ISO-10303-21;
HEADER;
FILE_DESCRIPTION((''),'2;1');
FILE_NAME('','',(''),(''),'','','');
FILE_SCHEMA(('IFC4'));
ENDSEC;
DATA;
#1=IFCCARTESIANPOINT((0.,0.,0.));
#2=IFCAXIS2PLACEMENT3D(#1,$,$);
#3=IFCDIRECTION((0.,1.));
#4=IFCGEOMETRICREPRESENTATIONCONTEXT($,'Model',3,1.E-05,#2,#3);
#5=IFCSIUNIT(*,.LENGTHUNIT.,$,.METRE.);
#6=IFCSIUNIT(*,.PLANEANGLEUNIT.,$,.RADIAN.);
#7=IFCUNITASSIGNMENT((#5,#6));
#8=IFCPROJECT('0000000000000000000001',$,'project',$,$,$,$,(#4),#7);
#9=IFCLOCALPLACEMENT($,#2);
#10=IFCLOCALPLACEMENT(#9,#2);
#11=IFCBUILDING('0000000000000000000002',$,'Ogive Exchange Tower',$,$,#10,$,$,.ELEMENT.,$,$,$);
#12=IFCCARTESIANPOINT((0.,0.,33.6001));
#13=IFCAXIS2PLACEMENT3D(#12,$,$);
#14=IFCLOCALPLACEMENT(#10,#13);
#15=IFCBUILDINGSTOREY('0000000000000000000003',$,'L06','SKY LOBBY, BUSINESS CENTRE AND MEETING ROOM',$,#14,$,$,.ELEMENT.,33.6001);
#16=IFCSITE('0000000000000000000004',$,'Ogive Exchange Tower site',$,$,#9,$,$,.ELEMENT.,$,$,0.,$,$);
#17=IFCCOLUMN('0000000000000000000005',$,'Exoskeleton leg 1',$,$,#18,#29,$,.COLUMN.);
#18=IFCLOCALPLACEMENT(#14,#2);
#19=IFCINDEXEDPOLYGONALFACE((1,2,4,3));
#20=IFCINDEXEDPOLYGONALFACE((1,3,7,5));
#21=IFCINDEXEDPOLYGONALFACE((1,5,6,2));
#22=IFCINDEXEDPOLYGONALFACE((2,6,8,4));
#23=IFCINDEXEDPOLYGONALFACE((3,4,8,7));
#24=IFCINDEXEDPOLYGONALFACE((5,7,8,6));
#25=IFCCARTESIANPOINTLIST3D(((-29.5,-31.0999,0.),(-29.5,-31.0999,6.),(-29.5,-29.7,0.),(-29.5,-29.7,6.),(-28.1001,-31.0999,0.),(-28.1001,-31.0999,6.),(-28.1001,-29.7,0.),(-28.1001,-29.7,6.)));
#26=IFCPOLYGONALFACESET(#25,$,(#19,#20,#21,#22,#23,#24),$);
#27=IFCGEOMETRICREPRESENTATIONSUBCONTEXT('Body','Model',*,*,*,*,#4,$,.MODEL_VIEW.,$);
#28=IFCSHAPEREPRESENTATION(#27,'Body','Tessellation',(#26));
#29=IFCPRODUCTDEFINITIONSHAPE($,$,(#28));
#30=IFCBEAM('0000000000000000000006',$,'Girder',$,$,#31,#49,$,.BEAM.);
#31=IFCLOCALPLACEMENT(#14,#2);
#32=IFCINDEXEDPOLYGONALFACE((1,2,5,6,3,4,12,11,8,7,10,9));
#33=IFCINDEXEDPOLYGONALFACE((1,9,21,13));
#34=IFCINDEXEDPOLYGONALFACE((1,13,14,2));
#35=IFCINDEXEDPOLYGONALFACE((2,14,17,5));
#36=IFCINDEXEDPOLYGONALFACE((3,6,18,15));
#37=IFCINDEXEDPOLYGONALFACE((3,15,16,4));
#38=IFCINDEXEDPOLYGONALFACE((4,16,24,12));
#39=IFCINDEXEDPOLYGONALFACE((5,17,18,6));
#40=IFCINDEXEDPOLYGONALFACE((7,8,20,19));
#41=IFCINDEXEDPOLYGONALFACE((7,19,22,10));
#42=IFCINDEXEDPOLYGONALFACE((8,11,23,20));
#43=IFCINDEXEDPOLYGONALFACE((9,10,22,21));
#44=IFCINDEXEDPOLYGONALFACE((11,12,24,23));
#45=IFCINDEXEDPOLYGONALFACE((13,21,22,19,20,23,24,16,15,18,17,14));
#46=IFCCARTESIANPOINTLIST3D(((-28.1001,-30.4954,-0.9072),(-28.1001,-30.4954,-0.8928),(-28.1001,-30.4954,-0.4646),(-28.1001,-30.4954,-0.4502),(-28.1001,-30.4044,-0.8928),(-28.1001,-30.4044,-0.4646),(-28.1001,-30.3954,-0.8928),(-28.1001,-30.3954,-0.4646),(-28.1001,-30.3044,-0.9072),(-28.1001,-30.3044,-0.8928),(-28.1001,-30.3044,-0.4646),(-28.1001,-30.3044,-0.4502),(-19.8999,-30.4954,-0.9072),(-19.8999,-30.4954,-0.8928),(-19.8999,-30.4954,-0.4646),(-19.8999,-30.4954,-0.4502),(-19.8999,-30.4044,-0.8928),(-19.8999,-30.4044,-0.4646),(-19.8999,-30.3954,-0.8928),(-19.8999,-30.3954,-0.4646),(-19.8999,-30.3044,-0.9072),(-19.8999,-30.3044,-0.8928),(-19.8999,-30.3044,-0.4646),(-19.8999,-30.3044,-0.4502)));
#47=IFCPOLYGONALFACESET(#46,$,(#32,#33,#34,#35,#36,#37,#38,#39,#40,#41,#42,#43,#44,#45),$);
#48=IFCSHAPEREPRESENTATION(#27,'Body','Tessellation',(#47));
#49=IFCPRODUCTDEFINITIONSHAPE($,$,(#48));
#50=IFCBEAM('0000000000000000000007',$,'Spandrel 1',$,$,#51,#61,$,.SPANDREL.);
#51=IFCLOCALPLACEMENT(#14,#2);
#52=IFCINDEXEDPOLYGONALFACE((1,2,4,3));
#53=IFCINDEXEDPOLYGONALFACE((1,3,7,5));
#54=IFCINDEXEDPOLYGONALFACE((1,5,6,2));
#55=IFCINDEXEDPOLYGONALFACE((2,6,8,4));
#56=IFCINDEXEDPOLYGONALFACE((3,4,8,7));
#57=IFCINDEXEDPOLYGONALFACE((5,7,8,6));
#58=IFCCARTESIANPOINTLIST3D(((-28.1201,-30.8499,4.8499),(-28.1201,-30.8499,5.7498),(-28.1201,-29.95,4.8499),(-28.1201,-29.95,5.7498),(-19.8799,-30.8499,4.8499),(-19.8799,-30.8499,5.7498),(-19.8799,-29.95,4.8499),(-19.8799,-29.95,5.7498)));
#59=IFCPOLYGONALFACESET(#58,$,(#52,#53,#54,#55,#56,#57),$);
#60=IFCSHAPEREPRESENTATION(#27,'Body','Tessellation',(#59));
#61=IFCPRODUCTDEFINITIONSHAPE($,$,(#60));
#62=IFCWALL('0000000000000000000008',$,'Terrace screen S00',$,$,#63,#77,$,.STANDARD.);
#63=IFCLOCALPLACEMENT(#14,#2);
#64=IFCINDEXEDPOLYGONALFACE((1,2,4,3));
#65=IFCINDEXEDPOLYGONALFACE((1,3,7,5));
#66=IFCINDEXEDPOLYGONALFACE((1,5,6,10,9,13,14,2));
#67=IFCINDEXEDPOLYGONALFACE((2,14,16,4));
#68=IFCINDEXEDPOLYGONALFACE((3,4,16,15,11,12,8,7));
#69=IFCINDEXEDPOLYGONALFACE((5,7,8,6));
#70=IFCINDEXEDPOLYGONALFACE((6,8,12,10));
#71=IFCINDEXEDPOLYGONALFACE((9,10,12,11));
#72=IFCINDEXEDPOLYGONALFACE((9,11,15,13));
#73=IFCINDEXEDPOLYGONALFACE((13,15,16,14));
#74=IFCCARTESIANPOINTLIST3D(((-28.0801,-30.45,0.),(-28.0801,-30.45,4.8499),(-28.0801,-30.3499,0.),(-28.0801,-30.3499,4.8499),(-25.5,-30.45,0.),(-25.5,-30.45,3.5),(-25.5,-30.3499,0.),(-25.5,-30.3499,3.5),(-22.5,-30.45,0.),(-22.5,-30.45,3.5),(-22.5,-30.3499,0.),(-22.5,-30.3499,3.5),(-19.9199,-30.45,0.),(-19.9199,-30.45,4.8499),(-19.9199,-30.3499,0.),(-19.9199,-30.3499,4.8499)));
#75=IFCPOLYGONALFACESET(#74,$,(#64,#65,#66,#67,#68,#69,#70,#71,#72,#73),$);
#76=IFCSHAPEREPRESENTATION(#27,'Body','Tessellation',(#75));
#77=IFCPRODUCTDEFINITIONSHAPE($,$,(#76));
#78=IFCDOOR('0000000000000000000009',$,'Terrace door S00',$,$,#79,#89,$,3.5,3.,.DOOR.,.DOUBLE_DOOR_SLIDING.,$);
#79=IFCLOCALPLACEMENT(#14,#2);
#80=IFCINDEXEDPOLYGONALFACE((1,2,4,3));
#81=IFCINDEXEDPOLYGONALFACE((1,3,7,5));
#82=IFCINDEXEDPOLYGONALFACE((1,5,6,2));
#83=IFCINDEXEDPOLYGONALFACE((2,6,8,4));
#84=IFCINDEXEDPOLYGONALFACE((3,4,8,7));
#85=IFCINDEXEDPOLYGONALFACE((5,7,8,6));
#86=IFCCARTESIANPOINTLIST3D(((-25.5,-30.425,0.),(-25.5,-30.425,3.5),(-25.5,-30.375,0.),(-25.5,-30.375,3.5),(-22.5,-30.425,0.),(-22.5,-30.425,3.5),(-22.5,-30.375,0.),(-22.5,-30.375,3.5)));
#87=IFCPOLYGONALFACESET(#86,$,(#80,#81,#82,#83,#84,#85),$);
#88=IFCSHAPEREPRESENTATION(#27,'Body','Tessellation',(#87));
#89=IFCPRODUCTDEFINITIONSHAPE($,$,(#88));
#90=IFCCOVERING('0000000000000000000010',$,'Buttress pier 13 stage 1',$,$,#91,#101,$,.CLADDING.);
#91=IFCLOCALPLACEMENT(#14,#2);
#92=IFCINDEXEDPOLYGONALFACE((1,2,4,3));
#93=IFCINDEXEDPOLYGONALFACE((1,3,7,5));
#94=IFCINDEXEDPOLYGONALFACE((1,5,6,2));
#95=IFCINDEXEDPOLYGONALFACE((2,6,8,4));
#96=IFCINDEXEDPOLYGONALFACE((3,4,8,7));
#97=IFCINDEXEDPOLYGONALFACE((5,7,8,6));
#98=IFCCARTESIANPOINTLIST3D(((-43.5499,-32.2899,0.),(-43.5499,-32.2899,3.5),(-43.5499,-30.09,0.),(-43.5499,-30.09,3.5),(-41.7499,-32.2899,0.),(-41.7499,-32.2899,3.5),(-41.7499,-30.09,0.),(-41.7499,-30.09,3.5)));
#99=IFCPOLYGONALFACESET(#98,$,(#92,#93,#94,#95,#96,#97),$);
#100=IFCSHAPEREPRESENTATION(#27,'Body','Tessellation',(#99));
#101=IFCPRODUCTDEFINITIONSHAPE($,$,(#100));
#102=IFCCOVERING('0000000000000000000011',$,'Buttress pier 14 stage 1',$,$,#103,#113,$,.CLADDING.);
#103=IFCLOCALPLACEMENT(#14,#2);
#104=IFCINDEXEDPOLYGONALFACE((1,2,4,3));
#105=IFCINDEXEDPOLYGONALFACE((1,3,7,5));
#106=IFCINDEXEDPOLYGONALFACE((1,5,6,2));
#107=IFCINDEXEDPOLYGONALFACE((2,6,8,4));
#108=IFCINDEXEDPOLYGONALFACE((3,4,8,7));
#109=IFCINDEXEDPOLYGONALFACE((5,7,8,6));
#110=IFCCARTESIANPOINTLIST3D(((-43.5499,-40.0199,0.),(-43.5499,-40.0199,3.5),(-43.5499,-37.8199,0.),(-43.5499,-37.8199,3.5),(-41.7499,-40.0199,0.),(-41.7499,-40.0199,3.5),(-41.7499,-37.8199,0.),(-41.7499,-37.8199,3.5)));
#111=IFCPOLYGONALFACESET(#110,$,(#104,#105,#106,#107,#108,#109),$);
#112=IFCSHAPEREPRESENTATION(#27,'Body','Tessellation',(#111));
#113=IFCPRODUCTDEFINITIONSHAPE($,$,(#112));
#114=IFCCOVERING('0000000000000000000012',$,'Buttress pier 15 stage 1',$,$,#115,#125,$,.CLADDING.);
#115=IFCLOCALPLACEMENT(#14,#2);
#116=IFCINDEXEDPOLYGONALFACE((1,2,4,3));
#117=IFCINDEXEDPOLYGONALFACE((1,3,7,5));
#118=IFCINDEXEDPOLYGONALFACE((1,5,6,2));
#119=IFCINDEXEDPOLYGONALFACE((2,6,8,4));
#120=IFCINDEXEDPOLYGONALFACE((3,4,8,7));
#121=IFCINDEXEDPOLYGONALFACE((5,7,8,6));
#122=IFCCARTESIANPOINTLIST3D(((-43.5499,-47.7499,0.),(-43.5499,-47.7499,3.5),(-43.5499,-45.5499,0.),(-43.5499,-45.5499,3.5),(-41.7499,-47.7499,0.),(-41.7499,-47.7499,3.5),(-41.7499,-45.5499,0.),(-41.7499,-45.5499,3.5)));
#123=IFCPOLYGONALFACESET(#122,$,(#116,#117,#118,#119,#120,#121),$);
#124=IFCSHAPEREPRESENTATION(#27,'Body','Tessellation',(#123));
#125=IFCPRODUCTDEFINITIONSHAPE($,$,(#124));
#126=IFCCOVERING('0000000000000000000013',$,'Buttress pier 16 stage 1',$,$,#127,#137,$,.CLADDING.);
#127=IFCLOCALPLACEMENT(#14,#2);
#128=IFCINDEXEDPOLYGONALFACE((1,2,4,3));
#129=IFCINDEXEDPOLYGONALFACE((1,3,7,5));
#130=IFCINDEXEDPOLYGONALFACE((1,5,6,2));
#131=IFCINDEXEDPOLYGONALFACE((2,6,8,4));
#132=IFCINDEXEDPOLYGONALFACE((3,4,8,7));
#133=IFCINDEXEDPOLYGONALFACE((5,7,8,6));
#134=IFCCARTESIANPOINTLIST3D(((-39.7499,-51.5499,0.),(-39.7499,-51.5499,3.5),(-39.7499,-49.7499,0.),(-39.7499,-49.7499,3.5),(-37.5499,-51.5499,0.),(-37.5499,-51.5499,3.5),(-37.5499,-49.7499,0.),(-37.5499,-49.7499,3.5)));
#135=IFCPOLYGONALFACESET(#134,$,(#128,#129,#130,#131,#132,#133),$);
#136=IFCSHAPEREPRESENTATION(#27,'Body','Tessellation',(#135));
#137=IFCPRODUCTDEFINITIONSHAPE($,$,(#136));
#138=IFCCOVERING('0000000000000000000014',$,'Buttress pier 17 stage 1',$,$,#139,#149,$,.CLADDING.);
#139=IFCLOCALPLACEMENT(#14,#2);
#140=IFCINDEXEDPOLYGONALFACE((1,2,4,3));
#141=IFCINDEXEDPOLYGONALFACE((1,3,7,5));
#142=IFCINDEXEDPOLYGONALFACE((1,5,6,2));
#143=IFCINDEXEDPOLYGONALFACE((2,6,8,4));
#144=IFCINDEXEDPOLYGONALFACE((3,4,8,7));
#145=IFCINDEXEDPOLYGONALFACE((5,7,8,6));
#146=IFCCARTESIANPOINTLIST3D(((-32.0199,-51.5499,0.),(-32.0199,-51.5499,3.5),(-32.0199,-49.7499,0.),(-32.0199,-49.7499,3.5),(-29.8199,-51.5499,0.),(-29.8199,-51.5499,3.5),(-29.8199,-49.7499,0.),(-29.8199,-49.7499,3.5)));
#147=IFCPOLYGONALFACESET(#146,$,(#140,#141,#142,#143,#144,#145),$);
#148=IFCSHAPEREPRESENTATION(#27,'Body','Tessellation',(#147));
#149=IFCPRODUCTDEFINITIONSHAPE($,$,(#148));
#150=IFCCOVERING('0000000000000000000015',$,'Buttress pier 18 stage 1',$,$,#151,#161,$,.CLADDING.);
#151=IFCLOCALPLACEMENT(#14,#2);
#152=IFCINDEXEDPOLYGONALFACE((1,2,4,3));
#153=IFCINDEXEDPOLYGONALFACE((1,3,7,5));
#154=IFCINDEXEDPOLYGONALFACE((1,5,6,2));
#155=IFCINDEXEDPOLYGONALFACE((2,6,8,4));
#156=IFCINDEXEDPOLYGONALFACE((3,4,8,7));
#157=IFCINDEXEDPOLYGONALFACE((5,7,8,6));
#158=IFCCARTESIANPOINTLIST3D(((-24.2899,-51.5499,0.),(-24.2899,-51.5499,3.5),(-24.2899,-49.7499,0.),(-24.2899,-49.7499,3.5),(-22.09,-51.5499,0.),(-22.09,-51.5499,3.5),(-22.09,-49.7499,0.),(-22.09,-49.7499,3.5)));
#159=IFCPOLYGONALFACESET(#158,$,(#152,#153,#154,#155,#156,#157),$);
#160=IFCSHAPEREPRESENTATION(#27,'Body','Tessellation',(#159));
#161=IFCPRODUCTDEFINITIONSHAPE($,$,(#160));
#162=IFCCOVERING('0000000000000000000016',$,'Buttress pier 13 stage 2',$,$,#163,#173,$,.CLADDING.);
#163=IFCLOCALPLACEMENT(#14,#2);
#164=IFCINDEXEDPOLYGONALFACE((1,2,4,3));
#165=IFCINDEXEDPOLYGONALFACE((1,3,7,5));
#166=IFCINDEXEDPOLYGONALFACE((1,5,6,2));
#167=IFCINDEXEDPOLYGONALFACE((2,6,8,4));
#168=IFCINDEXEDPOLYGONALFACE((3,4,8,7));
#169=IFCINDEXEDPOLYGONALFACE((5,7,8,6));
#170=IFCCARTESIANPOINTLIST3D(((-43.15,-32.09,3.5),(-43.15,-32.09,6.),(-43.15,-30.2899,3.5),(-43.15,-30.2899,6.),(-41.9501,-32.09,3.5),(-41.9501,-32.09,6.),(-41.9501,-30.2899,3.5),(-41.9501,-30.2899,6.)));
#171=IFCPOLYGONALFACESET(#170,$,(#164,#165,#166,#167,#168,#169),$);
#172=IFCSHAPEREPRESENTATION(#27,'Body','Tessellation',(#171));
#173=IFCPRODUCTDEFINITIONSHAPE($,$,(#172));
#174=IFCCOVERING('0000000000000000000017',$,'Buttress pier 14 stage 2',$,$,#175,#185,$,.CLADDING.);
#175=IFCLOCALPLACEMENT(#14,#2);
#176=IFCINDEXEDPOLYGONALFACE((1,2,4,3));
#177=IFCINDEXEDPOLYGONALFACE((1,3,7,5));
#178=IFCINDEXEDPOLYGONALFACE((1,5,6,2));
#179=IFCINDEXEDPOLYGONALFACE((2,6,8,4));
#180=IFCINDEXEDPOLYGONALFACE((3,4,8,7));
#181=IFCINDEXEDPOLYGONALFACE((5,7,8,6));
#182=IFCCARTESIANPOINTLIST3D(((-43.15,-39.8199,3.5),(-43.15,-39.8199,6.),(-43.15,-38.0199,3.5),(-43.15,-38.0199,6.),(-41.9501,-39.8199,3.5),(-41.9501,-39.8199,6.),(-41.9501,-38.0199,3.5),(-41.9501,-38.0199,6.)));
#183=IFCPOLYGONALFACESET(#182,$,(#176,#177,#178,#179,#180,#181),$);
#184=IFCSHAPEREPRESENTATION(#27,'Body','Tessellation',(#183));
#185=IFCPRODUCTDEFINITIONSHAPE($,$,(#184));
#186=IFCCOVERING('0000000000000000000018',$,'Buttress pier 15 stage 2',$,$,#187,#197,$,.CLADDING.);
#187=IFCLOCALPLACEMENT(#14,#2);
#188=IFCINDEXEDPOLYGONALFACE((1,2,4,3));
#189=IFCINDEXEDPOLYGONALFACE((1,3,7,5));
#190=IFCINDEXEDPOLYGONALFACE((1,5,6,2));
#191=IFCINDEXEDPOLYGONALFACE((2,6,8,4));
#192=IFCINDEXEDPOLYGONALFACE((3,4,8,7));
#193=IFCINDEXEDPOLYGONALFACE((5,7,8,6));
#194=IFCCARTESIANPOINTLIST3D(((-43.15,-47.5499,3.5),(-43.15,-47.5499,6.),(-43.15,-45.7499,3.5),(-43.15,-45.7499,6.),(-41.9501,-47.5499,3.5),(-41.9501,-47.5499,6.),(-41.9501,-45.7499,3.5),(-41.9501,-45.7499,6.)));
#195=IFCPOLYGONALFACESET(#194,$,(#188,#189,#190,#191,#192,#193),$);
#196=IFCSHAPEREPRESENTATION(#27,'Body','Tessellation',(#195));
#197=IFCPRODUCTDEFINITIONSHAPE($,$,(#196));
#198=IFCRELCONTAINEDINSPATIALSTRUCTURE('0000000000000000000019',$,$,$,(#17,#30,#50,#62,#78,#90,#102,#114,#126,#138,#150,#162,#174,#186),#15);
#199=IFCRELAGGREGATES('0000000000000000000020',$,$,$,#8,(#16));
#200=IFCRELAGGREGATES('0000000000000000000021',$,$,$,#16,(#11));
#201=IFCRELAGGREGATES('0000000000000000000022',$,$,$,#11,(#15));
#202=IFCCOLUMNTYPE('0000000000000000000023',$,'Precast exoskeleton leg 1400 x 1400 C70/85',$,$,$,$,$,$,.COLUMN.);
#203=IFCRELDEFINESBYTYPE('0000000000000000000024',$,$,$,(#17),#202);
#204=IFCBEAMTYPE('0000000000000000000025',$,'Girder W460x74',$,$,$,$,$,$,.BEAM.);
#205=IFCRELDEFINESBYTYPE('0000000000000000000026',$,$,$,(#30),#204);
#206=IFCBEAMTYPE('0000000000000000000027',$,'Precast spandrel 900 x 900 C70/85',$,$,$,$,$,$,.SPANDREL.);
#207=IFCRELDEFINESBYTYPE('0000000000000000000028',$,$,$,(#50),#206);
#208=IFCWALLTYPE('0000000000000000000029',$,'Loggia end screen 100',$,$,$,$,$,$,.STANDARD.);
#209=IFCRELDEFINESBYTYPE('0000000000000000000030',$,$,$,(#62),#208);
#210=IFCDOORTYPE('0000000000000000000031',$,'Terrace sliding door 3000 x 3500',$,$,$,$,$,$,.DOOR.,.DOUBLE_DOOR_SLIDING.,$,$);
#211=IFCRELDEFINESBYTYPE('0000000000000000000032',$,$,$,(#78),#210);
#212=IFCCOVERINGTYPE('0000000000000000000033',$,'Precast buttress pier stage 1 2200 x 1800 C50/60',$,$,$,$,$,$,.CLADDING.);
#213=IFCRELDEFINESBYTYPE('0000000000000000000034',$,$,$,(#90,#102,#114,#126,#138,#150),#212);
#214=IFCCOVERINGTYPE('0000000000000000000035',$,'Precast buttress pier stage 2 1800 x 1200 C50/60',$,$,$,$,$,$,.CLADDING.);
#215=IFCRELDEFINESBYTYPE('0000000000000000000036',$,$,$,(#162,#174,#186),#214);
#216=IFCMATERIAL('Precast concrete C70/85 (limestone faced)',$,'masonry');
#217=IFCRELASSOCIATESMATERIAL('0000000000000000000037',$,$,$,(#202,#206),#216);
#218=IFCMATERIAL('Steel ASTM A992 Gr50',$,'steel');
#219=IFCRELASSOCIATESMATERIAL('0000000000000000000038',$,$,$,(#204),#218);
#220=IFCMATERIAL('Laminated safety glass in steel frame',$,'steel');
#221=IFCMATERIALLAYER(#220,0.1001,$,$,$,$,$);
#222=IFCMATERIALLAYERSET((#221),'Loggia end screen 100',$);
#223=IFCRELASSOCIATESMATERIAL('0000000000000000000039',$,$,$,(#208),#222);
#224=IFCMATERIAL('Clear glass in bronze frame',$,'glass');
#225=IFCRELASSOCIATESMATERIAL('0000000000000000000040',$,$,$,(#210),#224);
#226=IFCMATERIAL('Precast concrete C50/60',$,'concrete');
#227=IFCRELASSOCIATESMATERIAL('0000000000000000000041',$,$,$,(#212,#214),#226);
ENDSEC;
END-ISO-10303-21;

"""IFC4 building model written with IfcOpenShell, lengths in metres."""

from ifc_helpers import new_model, si_unit, direction, frame, frame_2d, origin, origin_2d, place, context, subcontext, project, spatial, rectangle, i_section, extrude, material, layer, layer_set, material_profile, profile_set, type_object, element, fill, save


model = new_model("IFC4")

# Units and contexts
model_context = context("Model", 3, precision=1e-05, world=origin(), true_north=direction((0.0, 1.0)))
body_context = subcontext(model_context, "Body", "Model", "MODEL_VIEW")
ifc_project = project(units=[si_unit("LENGTHUNIT", "METRE"), si_unit("PLANEANGLEUNIT", "RADIAN")], contexts=[model_context])

# Site, building, storey
site_placement = place(None, origin())
site = spatial("IfcSite", under=ifc_project, at=site_placement, Name="Ogive Exchange Tower site", CompositionType="ELEMENT", RefElevation=0.0)
building_placement = place(site_placement, origin())
building = spatial("IfcBuilding", under=site, at=building_placement, Name="Ogive Exchange Tower", CompositionType="ELEMENT")
storey_placement = place(building_placement, frame((0.0, 0.0, 33.6001)))
storey = spatial("IfcBuildingStorey", under=building, at=storey_placement, Name="L06", Description="SKY LOBBY, BUSINESS CENTRE AND MEETING ROOM", CompositionType="ELEMENT", Elevation=33.6001)

# Column
ifc_material_1 = material(Name="Precast concrete C70/85 (limestone faced)", Category="masonry")
ifc_material_profile_1 = material_profile(ifc_material_1, rectangle(XDim=1.3999, YDim=1.3999, at=origin_2d()), Name="1400 x 1400")
ifc_profile_set_1 = profile_set([ifc_material_profile_1], Name="Precast concrete C70/85 (limestone faced)")
column_type = type_object("IfcColumnType", Name="Precast exoskeleton leg 1400 x 1400 C70/85", PredefinedType="COLUMN", material=ifc_profile_set_1)
column_placement = place(storey_placement, frame((-28.8, -30.3999, 0.0), z_axis=(0.0, 0.0, 1.0), x_axis=(1.0, 0.0, 0.0)))
element("IfcColumn", 1, at=column_placement, inside=storey, type_object=column_type, Name="Exoskeleton leg 1", PredefinedType="COLUMN", context=body_context, shape_type="SweptSolid", body=[
    extrude(rectangle(XDim=1.3999, YDim=1.3999, at=origin_2d()), origin(), (0.0, 0.0, 1.0), 6.0),
])

# Beams
ifc_material_2 = material(Name="Steel ASTM A992 Gr50", Category="steel")
ifc_material_profile_2 = material_profile(ifc_material_2, i_section(OverallWidth=0.1909, OverallDepth=0.457, WebThickness=0.009, FlangeThickness=0.0144, at=origin_2d()), Name="W460x74")
ifc_profile_set_2 = profile_set([ifc_material_profile_2], Name="Steel ASTM A992 Gr50")
beam_type_1 = type_object("IfcBeamType", Name="Girder W460x74", PredefinedType="BEAM", material=ifc_profile_set_2)
beam_1_placement = place(storey_placement, frame((-28.1001, -30.3999, -0.6787), z_axis=(1.0, 0.0, 0.0), x_axis=(0.0, 1.0, 0.0)))
element("IfcBeam", 2, at=beam_1_placement, inside=storey, type_object=beam_type_1, Name="Girder", PredefinedType="BEAM", context=body_context, shape_type="SweptSolid", body=[
    extrude(i_section(OverallWidth=0.1909, OverallDepth=0.457, WebThickness=0.009, FlangeThickness=0.0144, at=origin_2d()), origin(), (0.0, 0.0, 1.0), 8.2002),
])
ifc_material_profile_3 = material_profile(ifc_material_1, rectangle(XDim=0.8999, YDim=0.8999, at=origin_2d()), Name="900 x 900")
ifc_profile_set_3 = profile_set([ifc_material_profile_3], Name="Precast concrete C70/85 (limestone faced)")
beam_type_2 = type_object("IfcBeamType", Name="Precast spandrel 900 x 900 C70/85", PredefinedType="SPANDREL", material=ifc_profile_set_3)
beam_2_placement = place(storey_placement, frame((-28.1201, -30.3999, 5.2998), z_axis=(1.0, 0.0, 0.0), x_axis=(0.0, 1.0, 0.0)))
element("IfcBeam", 3, at=beam_2_placement, inside=storey, type_object=beam_type_2, Name="Spandrel 1", PredefinedType="SPANDREL", context=body_context, shape_type="SweptSolid", body=[
    extrude(rectangle(XDim=0.8999, YDim=0.8999, at=origin_2d()), origin(), (0.0, 0.0, 1.0), 8.2402),
])

# Wall, opening, door
ifc_material_3 = material(Name="Laminated safety glass in steel frame", Category="steel")
ifc_layer = layer(ifc_material_3, 0.1001)
ifc_layer_set = layer_set([ifc_layer], Name="Loggia end screen 100")
wall_type = type_object("IfcWallType", Name="Loggia end screen 100", PredefinedType="STANDARD", material=ifc_layer_set)
wall_placement = place(storey_placement, frame((-28.0801, -30.3999, 0.0), z_axis=(0.0, 0.0, 1.0), x_axis=(1.0, 0.0, 0.0)))
wall = element("IfcWall", 4, at=wall_placement, inside=storey, type_object=wall_type, Name="Terrace screen S00", PredefinedType="STANDARD", context=body_context, shape_type="SweptSolid", body=[
    extrude(rectangle(XDim=8.1602, YDim=0.1001, at=frame_2d((4.0801, 0.0))), origin(), (0.0, 0.0, 1.0), 4.8499),
])
opening_placement = place(wall_placement, frame((2.5801, 0.0, 0.0)))
opening = element("IfcOpeningElement", 5, at=opening_placement, cuts=wall, PredefinedType="OPENING", context=body_context, shape_type="SweptSolid", body=[
    extrude(rectangle(XDim=3.0, YDim=3.5, at=frame_2d((1.5, 1.75))), frame((0.0, 0.0601, 0.0), z_axis=(0.0, -1.0, 0.0), x_axis=(1.0, 0.0, 0.0)), (0.0, 0.0, 1.0), 0.1201),
])
ifc_material_4 = material(Name="Clear glass in bronze frame", Category="glass")
door_type = type_object("IfcDoorType", Name="Terrace sliding door 3000 x 3500", OperationType="DOUBLE_DOOR_SLIDING", PredefinedType="DOOR", material=ifc_material_4)
door_placement = place(opening_placement, origin())
door = element("IfcDoor", 6, at=door_placement, inside=storey, type_object=door_type, Name="Terrace door S00", OperationType="DOUBLE_DOOR_SLIDING", OverallHeight=3.5, OverallWidth=3.0, PredefinedType="DOOR", context=body_context, shape_type="SweptSolid", body=[
    extrude(rectangle(XDim=3.0, YDim=3.5, at=frame_2d((1.5, 1.75))), frame((0.0, 0.0249, 0.0), z_axis=(0.0, -1.0, 0.0), x_axis=(1.0, 0.0, 0.0)), (0.0, 0.0, 1.0), 0.05),
])
fill(opening, door)

# Coverings
ifc_material_5 = material(Name="Precast concrete C50/60", Category="concrete")
ifc_material_profile_4 = material_profile(ifc_material_5, rectangle(XDim=2.2, YDim=1.8, at=origin_2d()), Name="BUTTRESS PIER 1 2200 x 1800")
ifc_profile_set_4 = profile_set([ifc_material_profile_4], Name="Precast concrete C50/60")
covering_type_1 = type_object("IfcCoveringType", Name="Precast buttress pier stage 1 2200 x 1800 C50/60", PredefinedType="CLADDING", material=ifc_profile_set_4)
for number, where, z_axis, x_axis, name in (
    (7, (-42.6499, -31.1899, 0.0), (0.0, 0.0, 1.0), (0.0, 1.0, 0.0), "Buttress pier 13 stage 1"),
    (8, (-42.6499, -38.9199, 0.0), (0.0, 0.0, 1.0), (0.0, 1.0, 0.0), "Buttress pier 14 stage 1"),
    (9, (-42.6499, -46.6499, 0.0), (0.0, 0.0, 1.0), (0.0, 1.0, 0.0), "Buttress pier 15 stage 1"),
    (10, (-38.6499, -50.6499, 0.0), (0.0, 0.0, 1.0), (1.0, 0.0, 0.0), "Buttress pier 16 stage 1"),
    (11, (-30.9199, -50.6499, 0.0), (0.0, 0.0, 1.0), (1.0, 0.0, 0.0), "Buttress pier 17 stage 1"),
    (12, (-23.1899, -50.6499, 0.0), (0.0, 0.0, 1.0), (1.0, 0.0, 0.0), "Buttress pier 18 stage 1"),
):
    element("IfcCovering", number, at=place(storey_placement, frame(where, z_axis=z_axis, x_axis=x_axis)), inside=storey, type_object=covering_type_1, Name=name, PredefinedType="CLADDING", context=body_context, shape_type="SweptSolid", body=[
        extrude(rectangle(XDim=2.2, YDim=1.8, at=origin_2d()), origin(), (0.0, 0.0, 1.0), 3.5),
    ])
ifc_material_profile_5 = material_profile(ifc_material_5, rectangle(XDim=1.8, YDim=1.2, at=origin_2d()), Name="BUTTRESS PIER 2 1800 x 1200")
ifc_profile_set_5 = profile_set([ifc_material_profile_5], Name="Precast concrete C50/60")
covering_type_2 = type_object("IfcCoveringType", Name="Precast buttress pier stage 2 1800 x 1200 C50/60", PredefinedType="CLADDING", material=ifc_profile_set_5)
for number, where, z_axis, x_axis, name in (
    (13, (-42.55, -31.1899, 3.5), (0.0, 0.0, 1.0), (0.0, 1.0, 0.0), "Buttress pier 13 stage 2"),
    (14, (-42.55, -38.9199, 3.5), (0.0, 0.0, 1.0), (0.0, 1.0, 0.0), "Buttress pier 14 stage 2"),
    (15, (-42.55, -46.6499, 3.5), (0.0, 0.0, 1.0), (0.0, 1.0, 0.0), "Buttress pier 15 stage 2"),
):
    element("IfcCovering", number, at=place(storey_placement, frame(where, z_axis=z_axis, x_axis=x_axis)), inside=storey, type_object=covering_type_2, Name=name, PredefinedType="CLADDING", context=body_context, shape_type="SweptSolid", body=[
        extrude(rectangle(XDim=1.8, YDim=1.2, at=origin_2d()), origin(), (0.0, 0.0, 1.0), 2.5),
    ])

save(model, "model.ifc")
